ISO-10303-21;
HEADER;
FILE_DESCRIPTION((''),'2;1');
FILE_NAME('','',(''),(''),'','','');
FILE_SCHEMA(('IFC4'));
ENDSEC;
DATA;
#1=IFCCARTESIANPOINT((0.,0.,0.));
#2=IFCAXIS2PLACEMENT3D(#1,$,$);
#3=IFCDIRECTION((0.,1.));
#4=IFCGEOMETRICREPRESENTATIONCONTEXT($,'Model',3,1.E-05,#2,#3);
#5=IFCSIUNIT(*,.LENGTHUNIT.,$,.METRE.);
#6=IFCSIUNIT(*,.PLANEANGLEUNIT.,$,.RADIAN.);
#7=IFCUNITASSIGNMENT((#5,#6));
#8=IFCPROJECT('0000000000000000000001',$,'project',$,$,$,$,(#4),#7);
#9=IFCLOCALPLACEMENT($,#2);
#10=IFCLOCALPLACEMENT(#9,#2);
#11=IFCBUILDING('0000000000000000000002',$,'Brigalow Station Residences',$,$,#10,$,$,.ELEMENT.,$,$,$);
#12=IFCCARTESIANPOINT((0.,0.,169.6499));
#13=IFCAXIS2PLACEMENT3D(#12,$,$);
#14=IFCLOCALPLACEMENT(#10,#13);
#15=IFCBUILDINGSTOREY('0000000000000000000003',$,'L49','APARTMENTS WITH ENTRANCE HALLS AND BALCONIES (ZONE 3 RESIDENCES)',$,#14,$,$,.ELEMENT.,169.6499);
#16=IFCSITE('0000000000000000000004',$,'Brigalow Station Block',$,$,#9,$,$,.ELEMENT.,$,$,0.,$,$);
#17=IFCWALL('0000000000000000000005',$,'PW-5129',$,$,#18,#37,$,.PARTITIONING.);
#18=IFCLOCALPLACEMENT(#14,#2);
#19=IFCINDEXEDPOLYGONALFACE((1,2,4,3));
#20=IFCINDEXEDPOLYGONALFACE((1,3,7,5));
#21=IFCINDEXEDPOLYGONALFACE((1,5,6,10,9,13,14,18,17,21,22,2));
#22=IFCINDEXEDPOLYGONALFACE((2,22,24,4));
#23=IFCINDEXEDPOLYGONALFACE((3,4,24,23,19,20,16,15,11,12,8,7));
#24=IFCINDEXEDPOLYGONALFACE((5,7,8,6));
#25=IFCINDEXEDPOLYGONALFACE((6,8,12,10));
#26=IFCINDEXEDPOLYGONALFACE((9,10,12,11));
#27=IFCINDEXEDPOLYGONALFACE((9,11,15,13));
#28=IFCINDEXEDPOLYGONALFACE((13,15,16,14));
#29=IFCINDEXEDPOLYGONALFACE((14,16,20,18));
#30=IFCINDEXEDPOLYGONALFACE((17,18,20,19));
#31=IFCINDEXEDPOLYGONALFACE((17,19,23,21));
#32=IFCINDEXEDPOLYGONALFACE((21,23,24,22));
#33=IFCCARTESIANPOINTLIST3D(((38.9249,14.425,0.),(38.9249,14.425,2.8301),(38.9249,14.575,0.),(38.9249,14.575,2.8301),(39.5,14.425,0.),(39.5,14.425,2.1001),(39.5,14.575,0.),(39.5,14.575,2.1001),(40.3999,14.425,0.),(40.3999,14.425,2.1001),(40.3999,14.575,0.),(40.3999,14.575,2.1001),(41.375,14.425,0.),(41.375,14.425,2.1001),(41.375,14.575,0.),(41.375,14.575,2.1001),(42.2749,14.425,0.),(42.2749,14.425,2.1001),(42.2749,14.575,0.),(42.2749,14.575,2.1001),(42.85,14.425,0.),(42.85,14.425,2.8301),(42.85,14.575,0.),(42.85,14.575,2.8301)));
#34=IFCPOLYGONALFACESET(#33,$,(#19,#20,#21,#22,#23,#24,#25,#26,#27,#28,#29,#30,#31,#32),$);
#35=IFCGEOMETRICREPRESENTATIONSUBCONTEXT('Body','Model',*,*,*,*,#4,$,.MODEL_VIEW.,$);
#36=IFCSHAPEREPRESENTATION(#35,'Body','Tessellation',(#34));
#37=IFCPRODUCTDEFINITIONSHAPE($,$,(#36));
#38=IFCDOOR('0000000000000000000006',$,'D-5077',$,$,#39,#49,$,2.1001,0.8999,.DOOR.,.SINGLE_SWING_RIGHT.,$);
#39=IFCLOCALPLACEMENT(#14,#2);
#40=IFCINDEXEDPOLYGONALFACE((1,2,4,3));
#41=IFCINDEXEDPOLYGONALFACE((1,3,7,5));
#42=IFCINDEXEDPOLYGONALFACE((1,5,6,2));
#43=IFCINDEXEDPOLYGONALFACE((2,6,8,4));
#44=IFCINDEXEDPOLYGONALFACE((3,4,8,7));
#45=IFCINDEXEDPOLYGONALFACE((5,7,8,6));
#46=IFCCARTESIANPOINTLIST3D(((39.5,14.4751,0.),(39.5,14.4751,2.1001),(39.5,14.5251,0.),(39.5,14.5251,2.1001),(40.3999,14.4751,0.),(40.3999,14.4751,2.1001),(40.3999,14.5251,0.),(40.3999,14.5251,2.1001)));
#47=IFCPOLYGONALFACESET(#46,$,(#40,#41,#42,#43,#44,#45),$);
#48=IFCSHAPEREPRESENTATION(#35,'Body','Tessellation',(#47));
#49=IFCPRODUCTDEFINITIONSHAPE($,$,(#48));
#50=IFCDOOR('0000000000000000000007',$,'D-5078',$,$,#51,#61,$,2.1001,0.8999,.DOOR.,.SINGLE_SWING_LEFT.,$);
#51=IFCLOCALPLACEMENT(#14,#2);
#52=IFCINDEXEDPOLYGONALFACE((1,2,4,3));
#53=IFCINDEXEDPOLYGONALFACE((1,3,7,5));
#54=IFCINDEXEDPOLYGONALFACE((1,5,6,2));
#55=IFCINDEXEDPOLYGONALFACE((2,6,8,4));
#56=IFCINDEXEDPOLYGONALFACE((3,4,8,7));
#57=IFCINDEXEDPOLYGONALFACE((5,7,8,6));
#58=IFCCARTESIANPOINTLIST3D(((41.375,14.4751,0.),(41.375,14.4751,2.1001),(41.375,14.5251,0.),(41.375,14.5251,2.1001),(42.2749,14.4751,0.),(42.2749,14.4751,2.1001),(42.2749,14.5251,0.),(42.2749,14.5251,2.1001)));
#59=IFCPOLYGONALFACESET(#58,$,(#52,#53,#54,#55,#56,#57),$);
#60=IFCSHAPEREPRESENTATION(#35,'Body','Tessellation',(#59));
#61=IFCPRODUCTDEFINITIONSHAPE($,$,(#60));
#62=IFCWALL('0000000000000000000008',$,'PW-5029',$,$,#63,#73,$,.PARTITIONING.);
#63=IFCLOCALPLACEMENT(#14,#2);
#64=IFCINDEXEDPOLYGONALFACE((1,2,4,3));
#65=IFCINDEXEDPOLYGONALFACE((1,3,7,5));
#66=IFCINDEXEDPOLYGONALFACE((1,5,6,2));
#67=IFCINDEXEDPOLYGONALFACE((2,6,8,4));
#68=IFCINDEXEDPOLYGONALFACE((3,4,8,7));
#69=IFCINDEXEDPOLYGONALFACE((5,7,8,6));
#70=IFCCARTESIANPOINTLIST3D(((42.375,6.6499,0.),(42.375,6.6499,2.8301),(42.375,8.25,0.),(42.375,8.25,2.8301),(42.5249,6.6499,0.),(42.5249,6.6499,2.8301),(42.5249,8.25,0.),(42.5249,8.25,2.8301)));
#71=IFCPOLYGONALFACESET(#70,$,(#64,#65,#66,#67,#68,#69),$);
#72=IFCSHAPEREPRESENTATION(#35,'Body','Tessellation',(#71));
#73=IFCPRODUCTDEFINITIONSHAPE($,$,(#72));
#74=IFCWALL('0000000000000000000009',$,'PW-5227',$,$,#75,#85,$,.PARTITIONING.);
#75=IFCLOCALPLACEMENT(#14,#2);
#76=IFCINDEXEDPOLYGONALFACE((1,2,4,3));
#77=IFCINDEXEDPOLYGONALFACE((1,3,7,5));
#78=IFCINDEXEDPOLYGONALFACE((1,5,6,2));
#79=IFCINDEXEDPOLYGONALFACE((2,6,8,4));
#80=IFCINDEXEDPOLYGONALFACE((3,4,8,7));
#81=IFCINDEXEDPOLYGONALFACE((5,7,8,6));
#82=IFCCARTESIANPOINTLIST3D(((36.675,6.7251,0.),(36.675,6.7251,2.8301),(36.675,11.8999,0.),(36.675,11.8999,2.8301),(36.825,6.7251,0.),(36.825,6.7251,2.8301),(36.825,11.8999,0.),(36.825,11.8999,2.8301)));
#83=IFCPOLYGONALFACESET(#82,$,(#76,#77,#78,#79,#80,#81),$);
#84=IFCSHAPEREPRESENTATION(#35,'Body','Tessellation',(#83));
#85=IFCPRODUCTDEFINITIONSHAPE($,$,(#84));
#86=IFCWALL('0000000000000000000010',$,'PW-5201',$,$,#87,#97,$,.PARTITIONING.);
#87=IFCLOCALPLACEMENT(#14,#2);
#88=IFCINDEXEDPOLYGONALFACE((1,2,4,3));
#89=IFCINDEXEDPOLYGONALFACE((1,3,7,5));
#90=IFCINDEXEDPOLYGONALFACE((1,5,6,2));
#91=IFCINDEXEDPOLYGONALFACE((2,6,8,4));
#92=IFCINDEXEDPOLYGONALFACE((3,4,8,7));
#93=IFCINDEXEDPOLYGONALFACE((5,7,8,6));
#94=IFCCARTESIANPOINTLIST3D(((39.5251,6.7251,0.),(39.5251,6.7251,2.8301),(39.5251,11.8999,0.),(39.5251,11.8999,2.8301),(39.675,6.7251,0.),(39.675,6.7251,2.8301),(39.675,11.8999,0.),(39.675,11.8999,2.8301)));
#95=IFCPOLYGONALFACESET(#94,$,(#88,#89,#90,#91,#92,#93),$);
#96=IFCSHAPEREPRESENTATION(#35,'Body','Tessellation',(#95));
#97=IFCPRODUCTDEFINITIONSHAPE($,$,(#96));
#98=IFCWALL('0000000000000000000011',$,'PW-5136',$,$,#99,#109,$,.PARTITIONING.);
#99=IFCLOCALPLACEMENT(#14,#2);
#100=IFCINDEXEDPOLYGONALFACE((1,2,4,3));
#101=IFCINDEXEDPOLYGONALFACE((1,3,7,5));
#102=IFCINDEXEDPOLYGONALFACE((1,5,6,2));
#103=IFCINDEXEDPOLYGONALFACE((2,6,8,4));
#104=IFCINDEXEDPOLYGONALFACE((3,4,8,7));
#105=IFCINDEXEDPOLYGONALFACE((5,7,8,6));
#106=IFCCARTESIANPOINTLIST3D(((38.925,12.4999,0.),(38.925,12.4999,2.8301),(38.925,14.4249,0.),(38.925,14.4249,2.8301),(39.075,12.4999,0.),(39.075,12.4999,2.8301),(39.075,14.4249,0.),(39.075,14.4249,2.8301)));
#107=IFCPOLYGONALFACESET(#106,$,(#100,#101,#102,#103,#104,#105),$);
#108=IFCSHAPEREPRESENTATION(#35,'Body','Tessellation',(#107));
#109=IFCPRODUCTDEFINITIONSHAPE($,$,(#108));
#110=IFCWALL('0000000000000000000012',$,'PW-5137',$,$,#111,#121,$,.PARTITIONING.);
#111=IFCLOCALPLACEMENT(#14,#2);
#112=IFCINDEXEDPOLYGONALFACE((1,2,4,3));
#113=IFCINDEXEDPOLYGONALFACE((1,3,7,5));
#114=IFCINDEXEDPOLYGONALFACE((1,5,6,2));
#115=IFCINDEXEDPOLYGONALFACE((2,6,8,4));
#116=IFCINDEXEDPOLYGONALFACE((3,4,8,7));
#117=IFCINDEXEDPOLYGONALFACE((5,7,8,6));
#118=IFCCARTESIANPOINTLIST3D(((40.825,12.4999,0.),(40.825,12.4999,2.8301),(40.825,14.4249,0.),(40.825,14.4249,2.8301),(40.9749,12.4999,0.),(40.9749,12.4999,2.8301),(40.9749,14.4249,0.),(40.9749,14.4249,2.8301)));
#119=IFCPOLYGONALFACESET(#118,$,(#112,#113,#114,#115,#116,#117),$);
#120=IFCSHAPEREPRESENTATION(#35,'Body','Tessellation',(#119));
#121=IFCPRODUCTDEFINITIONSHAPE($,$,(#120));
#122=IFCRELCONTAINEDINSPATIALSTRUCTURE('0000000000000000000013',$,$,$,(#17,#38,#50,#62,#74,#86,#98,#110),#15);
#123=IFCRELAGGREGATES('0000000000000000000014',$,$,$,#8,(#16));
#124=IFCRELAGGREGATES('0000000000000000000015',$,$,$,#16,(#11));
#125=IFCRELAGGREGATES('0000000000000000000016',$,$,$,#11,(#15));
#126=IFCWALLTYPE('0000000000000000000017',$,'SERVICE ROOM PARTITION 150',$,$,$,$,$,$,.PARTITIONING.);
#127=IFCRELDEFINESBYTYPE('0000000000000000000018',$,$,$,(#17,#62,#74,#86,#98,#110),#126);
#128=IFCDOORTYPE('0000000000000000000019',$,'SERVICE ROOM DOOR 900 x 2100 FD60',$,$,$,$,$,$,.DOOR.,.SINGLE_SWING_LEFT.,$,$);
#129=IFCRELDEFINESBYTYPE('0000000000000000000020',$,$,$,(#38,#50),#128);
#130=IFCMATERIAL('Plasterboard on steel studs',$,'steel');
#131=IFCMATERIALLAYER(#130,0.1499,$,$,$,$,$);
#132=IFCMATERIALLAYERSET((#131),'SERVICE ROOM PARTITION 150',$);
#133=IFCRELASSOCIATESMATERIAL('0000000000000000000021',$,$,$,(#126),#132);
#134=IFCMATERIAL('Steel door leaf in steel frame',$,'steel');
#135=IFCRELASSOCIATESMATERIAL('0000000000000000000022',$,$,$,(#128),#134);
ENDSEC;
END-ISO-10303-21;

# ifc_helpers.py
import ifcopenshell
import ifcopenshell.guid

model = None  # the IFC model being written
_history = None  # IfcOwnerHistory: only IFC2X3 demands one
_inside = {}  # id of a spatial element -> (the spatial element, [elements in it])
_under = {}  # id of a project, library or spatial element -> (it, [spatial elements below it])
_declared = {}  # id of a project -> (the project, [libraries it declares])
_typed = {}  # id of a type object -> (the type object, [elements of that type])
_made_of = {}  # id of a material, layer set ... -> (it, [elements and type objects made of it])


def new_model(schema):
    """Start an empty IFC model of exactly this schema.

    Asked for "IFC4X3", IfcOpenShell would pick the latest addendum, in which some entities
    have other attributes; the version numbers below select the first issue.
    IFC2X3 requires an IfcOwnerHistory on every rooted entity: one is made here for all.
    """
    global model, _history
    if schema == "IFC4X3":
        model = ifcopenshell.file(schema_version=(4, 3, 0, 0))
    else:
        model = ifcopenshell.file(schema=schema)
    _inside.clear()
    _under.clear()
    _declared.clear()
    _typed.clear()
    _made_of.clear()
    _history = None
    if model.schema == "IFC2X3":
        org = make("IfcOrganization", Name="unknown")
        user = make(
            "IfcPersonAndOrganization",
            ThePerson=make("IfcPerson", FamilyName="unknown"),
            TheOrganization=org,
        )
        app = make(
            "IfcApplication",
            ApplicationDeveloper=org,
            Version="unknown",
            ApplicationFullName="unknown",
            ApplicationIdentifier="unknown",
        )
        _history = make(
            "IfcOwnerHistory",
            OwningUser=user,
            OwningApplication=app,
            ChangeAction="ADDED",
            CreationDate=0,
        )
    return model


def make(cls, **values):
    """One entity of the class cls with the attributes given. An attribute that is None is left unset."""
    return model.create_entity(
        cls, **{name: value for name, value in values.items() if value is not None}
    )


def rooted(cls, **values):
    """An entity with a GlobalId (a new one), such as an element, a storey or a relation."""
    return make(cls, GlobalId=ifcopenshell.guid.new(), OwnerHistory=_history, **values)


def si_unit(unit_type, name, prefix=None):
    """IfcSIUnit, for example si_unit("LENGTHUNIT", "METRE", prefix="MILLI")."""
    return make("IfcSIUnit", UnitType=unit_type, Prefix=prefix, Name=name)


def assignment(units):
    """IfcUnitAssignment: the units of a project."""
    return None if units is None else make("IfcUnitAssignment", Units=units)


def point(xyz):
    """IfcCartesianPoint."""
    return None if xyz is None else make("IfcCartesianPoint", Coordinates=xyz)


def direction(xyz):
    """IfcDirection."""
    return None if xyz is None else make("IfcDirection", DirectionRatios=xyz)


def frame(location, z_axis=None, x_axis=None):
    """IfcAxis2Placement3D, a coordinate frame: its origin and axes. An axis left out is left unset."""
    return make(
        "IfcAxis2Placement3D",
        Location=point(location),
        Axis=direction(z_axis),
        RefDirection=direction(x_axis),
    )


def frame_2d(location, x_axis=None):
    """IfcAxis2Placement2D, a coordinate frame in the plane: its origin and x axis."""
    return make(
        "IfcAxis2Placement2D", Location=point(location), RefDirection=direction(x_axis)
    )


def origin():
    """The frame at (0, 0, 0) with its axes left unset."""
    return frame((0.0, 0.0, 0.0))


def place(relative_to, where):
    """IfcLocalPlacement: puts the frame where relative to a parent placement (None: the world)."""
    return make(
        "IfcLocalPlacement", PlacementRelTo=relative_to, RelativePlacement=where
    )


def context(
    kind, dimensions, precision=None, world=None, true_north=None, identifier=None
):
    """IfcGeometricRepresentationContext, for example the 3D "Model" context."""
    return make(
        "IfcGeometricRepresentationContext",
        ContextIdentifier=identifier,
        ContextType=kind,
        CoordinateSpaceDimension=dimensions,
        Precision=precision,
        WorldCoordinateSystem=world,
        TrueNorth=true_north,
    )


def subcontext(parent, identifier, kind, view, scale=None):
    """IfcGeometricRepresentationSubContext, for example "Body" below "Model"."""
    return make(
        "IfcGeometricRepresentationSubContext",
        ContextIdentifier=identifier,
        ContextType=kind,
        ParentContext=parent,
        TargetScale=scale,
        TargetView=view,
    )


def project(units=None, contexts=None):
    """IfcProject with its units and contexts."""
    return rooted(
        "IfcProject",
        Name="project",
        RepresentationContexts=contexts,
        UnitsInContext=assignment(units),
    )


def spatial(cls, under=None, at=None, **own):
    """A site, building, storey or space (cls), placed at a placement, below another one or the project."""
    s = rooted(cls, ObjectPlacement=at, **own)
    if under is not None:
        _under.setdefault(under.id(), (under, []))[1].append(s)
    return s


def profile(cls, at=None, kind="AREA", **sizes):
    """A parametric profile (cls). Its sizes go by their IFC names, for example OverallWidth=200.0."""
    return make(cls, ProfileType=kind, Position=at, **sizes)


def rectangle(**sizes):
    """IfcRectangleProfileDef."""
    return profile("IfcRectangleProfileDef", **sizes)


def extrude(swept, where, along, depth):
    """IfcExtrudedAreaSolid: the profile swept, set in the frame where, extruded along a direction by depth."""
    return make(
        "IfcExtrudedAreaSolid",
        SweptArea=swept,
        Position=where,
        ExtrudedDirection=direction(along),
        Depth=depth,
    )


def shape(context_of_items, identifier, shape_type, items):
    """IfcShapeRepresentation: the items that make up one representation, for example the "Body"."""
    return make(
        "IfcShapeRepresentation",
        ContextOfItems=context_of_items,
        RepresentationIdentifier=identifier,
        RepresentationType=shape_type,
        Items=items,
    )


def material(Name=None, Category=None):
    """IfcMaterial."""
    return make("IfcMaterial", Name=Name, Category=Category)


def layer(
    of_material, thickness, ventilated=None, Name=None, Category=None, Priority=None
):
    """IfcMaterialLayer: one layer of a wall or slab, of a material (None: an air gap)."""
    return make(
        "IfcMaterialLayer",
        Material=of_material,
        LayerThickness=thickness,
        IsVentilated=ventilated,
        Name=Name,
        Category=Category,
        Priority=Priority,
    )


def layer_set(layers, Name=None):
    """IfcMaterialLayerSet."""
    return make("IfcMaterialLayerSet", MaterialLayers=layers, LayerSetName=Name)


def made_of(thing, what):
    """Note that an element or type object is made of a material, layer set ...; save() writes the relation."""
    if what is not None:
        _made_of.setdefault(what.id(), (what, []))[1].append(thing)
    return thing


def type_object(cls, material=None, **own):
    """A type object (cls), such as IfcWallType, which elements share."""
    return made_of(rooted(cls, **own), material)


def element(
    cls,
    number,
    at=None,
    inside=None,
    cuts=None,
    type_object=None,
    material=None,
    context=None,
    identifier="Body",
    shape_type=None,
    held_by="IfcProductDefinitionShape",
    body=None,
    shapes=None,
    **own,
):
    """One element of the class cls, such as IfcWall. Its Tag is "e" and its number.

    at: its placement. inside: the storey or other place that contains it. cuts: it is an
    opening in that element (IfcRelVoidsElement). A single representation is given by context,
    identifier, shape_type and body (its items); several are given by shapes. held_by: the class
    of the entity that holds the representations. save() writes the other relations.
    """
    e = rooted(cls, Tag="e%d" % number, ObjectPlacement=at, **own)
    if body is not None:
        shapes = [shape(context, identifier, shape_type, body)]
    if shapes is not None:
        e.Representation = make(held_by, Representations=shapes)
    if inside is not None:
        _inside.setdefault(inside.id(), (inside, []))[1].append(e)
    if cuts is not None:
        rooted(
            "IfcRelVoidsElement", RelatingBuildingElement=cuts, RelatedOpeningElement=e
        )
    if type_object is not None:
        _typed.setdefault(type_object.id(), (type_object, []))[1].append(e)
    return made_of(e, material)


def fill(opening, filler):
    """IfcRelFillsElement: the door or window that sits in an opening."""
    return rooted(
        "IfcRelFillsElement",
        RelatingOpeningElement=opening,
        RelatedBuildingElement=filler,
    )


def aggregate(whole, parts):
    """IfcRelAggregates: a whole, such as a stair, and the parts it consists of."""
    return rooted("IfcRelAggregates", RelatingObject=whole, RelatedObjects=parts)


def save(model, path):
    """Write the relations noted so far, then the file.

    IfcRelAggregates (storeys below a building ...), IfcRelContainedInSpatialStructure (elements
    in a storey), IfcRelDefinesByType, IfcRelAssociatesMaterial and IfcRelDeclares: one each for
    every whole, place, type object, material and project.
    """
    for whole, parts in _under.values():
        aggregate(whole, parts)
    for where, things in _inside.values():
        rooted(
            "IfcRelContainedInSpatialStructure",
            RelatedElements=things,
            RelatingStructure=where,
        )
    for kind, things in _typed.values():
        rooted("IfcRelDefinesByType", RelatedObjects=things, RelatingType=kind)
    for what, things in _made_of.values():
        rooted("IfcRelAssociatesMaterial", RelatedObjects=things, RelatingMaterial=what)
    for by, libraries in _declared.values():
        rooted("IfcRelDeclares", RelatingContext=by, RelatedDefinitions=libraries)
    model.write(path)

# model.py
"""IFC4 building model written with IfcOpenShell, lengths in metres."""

from ifc_helpers import new_model, si_unit, direction, frame, frame_2d, origin, place, context, subcontext, project, spatial, rectangle, extrude, material, layer, layer_set, type_object, element, fill, save


model = new_model("IFC4")

# Units and contexts
model_context = context("Model", 3, precision=1e-05, world=origin(), true_north=direction((0.0, 1.0)))
body_context = subcontext(model_context, "Body", "Model", "MODEL_VIEW")
ifc_project = project(units=[si_unit("LENGTHUNIT", "METRE"), si_unit("PLANEANGLEUNIT", "RADIAN")], contexts=[model_context])

# Site, building, storey
site_placement = place(None, origin())
site = spatial("IfcSite", under=ifc_project, at=site_placement, Name="Brigalow Station Block", CompositionType="ELEMENT", RefElevation=0.0)
building_placement = place(site_placement, origin())
building = spatial("IfcBuilding", under=site, at=building_placement, Name="Brigalow Station Residences", CompositionType="ELEMENT")
storey_placement = place(building_placement, frame((0.0, 0.0, 169.6499)))
storey = spatial("IfcBuildingStorey", under=building, at=storey_placement, Name="L49", Description="APARTMENTS WITH ENTRANCE HALLS AND BALCONIES (ZONE 3 RESIDENCES)", CompositionType="ELEMENT", Elevation=169.6499)

# Shared definitions
ifc_material_1 = material(Name="Plasterboard on steel studs", Category="steel")
ifc_layer_1 = layer(ifc_material_1, 0.1499)
ifc_layer_set_1 = layer_set([ifc_layer_1], Name="SERVICE ROOM PARTITION 150")
wall_type_1 = type_object("IfcWallType", Name="SERVICE ROOM PARTITION 150", PredefinedType="PARTITIONING", material=ifc_layer_set_1)
ifc_material_2 = material(Name="Steel door leaf in steel frame", Category="steel")
door_type_1 = type_object("IfcDoorType", Name="SERVICE ROOM DOOR 900 x 2100 FD60", OperationType="SINGLE_SWING_LEFT", PredefinedType="DOOR", material=ifc_material_2)

# Wall, openings, doors
wall_1_placement = place(storey_placement, frame((38.925, 14.5, 0.0), z_axis=(0.0, 0.0, 1.0), x_axis=(1.0, 0.0, 0.0)))
wall_1 = element("IfcWall", 1, at=wall_1_placement, inside=storey, type_object=wall_type_1, Name="PW-5129", PredefinedType="PARTITIONING", context=body_context, shape_type="SweptSolid", body=[
    extrude(rectangle(XDim=3.925, YDim=0.1499, at=frame_2d((1.9624, 0.0))), origin(), (0.0, 0.0, 1.0), 2.8301),
])
opening_1_placement = place(wall_1_placement, frame((0.575, 0.0, 0.0)))
opening_1 = element("IfcOpeningElement", 2, at=opening_1_placement, cuts=wall_1, PredefinedType="OPENING", context=body_context, shape_type="SweptSolid", body=[
    extrude(rectangle(XDim=0.8999, YDim=2.1001, at=frame_2d((0.45, 1.05))), frame((0.0, 0.085, 0.0), z_axis=(0.0, -1.0, 0.0), x_axis=(1.0, 0.0, 0.0)), (0.0, 0.0, 1.0), 0.1699),
])
opening_2_placement = place(wall_1_placement, frame((2.45, 0.0, 0.0)))
opening_2 = element("IfcOpeningElement", 3, at=opening_2_placement, cuts=wall_1, PredefinedType="OPENING", context=body_context, shape_type="SweptSolid", body=[
    extrude(rectangle(XDim=0.8999, YDim=2.1001, at=frame_2d((0.45, 1.05))), frame((0.0, 0.085, 0.0), z_axis=(0.0, -1.0, 0.0), x_axis=(1.0, 0.0, 0.0)), (0.0, 0.0, 1.0), 0.1699),
])
door_1_placement = place(opening_1_placement, frame((0.8999, 0.0, 0.0), z_axis=(0.0, 0.0, 1.0), x_axis=(-1.0, 0.0, 0.0)))
door_1 = element("IfcDoor", 4, at=door_1_placement, inside=storey, type_object=door_type_1, Name="D-5077", OperationType="SINGLE_SWING_RIGHT", OverallHeight=2.1001, OverallWidth=0.8999, PredefinedType="DOOR", context=body_context, shape_type="SweptSolid", body=[
    extrude(rectangle(XDim=0.8999, YDim=2.1001, at=frame_2d((0.45, 1.05))), frame((0.0, 0.0249, 0.0), z_axis=(0.0, -1.0, 0.0), x_axis=(1.0, 0.0, 0.0)), (0.0, 0.0, 1.0), 0.05),
])
fill(opening_1, door_1)
door_2_placement = place(opening_2_placement, frame((0.8999, 0.0, 0.0), z_axis=(0.0, 0.0, 1.0), x_axis=(-1.0, 0.0, 0.0)))
door_2 = element("IfcDoor", 5, at=door_2_placement, inside=storey, type_object=door_type_1, Name="D-5078", OperationType="SINGLE_SWING_LEFT", OverallHeight=2.1001, OverallWidth=0.8999, PredefinedType="DOOR", context=body_context, shape_type="SweptSolid", body=[
    extrude(rectangle(XDim=0.8999, YDim=2.1001, at=frame_2d((0.45, 1.05))), frame((0.0, 0.0249, 0.0), z_axis=(0.0, -1.0, 0.0), x_axis=(1.0, 0.0, 0.0)), (0.0, 0.0, 1.0), 0.05),
])
fill(opening_2, door_2)

# Walls
wall_2_placement = place(storey_placement, frame((42.45, 6.6499, 0.0), z_axis=(0.0, 0.0, 1.0), x_axis=(0.0, 1.0, 0.0)))
element("IfcWall", 6, at=wall_2_placement, inside=storey, type_object=wall_type_1, Name="PW-5029", PredefinedType="PARTITIONING", context=body_context, shape_type="SweptSolid", body=[
    extrude(rectangle(XDim=1.6001, YDim=0.1499, at=frame_2d((0.8, 0.0))), origin(), (0.0, 0.0, 1.0), 2.8301),
])
for number, where, z_axis, x_axis, name in (
    (7, (36.75, 6.7251, 0.0), (0.0, 0.0, 1.0), (0.0, 1.0, 0.0), "PW-5227"),
    (8, (39.6001, 6.7251, 0.0), (0.0, 0.0, 1.0), (0.0, 1.0, 0.0), "PW-5201"),
):
    element("IfcWall", number, at=place(storey_placement, frame(where, z_axis=z_axis, x_axis=x_axis)), inside=storey, type_object=wall_type_1, Name=name, PredefinedType="PARTITIONING", context=body_context, shape_type="SweptSolid", body=[
        extrude(rectangle(XDim=5.1748, YDim=0.1499, at=frame_2d((2.5874, 0.0))), origin(), (0.0, 0.0, 1.0), 2.8301),
    ])
for number, where, z_axis, x_axis, name in (
    (9, (39.0, 12.5, 0.0), (0.0, 0.0, 1.0), (0.0, 1.0, 0.0), "PW-5136"),
    (10, (40.8999, 12.5, 0.0), (0.0, 0.0, 1.0), (0.0, 1.0, 0.0), "PW-5137"),
):
    element("IfcWall", number, at=place(storey_placement, frame(where, z_axis=z_axis, x_axis=x_axis)), inside=storey, type_object=wall_type_1, Name=name, PredefinedType="PARTITIONING", context=body_context, shape_type="SweptSolid", body=[
        extrude(rectangle(XDim=1.925, YDim=0.1499, at=frame_2d((0.9624, 0.0))), origin(), (0.0, 0.0, 1.0), 2.8301),
    ])

save(model, "model.ifc")
